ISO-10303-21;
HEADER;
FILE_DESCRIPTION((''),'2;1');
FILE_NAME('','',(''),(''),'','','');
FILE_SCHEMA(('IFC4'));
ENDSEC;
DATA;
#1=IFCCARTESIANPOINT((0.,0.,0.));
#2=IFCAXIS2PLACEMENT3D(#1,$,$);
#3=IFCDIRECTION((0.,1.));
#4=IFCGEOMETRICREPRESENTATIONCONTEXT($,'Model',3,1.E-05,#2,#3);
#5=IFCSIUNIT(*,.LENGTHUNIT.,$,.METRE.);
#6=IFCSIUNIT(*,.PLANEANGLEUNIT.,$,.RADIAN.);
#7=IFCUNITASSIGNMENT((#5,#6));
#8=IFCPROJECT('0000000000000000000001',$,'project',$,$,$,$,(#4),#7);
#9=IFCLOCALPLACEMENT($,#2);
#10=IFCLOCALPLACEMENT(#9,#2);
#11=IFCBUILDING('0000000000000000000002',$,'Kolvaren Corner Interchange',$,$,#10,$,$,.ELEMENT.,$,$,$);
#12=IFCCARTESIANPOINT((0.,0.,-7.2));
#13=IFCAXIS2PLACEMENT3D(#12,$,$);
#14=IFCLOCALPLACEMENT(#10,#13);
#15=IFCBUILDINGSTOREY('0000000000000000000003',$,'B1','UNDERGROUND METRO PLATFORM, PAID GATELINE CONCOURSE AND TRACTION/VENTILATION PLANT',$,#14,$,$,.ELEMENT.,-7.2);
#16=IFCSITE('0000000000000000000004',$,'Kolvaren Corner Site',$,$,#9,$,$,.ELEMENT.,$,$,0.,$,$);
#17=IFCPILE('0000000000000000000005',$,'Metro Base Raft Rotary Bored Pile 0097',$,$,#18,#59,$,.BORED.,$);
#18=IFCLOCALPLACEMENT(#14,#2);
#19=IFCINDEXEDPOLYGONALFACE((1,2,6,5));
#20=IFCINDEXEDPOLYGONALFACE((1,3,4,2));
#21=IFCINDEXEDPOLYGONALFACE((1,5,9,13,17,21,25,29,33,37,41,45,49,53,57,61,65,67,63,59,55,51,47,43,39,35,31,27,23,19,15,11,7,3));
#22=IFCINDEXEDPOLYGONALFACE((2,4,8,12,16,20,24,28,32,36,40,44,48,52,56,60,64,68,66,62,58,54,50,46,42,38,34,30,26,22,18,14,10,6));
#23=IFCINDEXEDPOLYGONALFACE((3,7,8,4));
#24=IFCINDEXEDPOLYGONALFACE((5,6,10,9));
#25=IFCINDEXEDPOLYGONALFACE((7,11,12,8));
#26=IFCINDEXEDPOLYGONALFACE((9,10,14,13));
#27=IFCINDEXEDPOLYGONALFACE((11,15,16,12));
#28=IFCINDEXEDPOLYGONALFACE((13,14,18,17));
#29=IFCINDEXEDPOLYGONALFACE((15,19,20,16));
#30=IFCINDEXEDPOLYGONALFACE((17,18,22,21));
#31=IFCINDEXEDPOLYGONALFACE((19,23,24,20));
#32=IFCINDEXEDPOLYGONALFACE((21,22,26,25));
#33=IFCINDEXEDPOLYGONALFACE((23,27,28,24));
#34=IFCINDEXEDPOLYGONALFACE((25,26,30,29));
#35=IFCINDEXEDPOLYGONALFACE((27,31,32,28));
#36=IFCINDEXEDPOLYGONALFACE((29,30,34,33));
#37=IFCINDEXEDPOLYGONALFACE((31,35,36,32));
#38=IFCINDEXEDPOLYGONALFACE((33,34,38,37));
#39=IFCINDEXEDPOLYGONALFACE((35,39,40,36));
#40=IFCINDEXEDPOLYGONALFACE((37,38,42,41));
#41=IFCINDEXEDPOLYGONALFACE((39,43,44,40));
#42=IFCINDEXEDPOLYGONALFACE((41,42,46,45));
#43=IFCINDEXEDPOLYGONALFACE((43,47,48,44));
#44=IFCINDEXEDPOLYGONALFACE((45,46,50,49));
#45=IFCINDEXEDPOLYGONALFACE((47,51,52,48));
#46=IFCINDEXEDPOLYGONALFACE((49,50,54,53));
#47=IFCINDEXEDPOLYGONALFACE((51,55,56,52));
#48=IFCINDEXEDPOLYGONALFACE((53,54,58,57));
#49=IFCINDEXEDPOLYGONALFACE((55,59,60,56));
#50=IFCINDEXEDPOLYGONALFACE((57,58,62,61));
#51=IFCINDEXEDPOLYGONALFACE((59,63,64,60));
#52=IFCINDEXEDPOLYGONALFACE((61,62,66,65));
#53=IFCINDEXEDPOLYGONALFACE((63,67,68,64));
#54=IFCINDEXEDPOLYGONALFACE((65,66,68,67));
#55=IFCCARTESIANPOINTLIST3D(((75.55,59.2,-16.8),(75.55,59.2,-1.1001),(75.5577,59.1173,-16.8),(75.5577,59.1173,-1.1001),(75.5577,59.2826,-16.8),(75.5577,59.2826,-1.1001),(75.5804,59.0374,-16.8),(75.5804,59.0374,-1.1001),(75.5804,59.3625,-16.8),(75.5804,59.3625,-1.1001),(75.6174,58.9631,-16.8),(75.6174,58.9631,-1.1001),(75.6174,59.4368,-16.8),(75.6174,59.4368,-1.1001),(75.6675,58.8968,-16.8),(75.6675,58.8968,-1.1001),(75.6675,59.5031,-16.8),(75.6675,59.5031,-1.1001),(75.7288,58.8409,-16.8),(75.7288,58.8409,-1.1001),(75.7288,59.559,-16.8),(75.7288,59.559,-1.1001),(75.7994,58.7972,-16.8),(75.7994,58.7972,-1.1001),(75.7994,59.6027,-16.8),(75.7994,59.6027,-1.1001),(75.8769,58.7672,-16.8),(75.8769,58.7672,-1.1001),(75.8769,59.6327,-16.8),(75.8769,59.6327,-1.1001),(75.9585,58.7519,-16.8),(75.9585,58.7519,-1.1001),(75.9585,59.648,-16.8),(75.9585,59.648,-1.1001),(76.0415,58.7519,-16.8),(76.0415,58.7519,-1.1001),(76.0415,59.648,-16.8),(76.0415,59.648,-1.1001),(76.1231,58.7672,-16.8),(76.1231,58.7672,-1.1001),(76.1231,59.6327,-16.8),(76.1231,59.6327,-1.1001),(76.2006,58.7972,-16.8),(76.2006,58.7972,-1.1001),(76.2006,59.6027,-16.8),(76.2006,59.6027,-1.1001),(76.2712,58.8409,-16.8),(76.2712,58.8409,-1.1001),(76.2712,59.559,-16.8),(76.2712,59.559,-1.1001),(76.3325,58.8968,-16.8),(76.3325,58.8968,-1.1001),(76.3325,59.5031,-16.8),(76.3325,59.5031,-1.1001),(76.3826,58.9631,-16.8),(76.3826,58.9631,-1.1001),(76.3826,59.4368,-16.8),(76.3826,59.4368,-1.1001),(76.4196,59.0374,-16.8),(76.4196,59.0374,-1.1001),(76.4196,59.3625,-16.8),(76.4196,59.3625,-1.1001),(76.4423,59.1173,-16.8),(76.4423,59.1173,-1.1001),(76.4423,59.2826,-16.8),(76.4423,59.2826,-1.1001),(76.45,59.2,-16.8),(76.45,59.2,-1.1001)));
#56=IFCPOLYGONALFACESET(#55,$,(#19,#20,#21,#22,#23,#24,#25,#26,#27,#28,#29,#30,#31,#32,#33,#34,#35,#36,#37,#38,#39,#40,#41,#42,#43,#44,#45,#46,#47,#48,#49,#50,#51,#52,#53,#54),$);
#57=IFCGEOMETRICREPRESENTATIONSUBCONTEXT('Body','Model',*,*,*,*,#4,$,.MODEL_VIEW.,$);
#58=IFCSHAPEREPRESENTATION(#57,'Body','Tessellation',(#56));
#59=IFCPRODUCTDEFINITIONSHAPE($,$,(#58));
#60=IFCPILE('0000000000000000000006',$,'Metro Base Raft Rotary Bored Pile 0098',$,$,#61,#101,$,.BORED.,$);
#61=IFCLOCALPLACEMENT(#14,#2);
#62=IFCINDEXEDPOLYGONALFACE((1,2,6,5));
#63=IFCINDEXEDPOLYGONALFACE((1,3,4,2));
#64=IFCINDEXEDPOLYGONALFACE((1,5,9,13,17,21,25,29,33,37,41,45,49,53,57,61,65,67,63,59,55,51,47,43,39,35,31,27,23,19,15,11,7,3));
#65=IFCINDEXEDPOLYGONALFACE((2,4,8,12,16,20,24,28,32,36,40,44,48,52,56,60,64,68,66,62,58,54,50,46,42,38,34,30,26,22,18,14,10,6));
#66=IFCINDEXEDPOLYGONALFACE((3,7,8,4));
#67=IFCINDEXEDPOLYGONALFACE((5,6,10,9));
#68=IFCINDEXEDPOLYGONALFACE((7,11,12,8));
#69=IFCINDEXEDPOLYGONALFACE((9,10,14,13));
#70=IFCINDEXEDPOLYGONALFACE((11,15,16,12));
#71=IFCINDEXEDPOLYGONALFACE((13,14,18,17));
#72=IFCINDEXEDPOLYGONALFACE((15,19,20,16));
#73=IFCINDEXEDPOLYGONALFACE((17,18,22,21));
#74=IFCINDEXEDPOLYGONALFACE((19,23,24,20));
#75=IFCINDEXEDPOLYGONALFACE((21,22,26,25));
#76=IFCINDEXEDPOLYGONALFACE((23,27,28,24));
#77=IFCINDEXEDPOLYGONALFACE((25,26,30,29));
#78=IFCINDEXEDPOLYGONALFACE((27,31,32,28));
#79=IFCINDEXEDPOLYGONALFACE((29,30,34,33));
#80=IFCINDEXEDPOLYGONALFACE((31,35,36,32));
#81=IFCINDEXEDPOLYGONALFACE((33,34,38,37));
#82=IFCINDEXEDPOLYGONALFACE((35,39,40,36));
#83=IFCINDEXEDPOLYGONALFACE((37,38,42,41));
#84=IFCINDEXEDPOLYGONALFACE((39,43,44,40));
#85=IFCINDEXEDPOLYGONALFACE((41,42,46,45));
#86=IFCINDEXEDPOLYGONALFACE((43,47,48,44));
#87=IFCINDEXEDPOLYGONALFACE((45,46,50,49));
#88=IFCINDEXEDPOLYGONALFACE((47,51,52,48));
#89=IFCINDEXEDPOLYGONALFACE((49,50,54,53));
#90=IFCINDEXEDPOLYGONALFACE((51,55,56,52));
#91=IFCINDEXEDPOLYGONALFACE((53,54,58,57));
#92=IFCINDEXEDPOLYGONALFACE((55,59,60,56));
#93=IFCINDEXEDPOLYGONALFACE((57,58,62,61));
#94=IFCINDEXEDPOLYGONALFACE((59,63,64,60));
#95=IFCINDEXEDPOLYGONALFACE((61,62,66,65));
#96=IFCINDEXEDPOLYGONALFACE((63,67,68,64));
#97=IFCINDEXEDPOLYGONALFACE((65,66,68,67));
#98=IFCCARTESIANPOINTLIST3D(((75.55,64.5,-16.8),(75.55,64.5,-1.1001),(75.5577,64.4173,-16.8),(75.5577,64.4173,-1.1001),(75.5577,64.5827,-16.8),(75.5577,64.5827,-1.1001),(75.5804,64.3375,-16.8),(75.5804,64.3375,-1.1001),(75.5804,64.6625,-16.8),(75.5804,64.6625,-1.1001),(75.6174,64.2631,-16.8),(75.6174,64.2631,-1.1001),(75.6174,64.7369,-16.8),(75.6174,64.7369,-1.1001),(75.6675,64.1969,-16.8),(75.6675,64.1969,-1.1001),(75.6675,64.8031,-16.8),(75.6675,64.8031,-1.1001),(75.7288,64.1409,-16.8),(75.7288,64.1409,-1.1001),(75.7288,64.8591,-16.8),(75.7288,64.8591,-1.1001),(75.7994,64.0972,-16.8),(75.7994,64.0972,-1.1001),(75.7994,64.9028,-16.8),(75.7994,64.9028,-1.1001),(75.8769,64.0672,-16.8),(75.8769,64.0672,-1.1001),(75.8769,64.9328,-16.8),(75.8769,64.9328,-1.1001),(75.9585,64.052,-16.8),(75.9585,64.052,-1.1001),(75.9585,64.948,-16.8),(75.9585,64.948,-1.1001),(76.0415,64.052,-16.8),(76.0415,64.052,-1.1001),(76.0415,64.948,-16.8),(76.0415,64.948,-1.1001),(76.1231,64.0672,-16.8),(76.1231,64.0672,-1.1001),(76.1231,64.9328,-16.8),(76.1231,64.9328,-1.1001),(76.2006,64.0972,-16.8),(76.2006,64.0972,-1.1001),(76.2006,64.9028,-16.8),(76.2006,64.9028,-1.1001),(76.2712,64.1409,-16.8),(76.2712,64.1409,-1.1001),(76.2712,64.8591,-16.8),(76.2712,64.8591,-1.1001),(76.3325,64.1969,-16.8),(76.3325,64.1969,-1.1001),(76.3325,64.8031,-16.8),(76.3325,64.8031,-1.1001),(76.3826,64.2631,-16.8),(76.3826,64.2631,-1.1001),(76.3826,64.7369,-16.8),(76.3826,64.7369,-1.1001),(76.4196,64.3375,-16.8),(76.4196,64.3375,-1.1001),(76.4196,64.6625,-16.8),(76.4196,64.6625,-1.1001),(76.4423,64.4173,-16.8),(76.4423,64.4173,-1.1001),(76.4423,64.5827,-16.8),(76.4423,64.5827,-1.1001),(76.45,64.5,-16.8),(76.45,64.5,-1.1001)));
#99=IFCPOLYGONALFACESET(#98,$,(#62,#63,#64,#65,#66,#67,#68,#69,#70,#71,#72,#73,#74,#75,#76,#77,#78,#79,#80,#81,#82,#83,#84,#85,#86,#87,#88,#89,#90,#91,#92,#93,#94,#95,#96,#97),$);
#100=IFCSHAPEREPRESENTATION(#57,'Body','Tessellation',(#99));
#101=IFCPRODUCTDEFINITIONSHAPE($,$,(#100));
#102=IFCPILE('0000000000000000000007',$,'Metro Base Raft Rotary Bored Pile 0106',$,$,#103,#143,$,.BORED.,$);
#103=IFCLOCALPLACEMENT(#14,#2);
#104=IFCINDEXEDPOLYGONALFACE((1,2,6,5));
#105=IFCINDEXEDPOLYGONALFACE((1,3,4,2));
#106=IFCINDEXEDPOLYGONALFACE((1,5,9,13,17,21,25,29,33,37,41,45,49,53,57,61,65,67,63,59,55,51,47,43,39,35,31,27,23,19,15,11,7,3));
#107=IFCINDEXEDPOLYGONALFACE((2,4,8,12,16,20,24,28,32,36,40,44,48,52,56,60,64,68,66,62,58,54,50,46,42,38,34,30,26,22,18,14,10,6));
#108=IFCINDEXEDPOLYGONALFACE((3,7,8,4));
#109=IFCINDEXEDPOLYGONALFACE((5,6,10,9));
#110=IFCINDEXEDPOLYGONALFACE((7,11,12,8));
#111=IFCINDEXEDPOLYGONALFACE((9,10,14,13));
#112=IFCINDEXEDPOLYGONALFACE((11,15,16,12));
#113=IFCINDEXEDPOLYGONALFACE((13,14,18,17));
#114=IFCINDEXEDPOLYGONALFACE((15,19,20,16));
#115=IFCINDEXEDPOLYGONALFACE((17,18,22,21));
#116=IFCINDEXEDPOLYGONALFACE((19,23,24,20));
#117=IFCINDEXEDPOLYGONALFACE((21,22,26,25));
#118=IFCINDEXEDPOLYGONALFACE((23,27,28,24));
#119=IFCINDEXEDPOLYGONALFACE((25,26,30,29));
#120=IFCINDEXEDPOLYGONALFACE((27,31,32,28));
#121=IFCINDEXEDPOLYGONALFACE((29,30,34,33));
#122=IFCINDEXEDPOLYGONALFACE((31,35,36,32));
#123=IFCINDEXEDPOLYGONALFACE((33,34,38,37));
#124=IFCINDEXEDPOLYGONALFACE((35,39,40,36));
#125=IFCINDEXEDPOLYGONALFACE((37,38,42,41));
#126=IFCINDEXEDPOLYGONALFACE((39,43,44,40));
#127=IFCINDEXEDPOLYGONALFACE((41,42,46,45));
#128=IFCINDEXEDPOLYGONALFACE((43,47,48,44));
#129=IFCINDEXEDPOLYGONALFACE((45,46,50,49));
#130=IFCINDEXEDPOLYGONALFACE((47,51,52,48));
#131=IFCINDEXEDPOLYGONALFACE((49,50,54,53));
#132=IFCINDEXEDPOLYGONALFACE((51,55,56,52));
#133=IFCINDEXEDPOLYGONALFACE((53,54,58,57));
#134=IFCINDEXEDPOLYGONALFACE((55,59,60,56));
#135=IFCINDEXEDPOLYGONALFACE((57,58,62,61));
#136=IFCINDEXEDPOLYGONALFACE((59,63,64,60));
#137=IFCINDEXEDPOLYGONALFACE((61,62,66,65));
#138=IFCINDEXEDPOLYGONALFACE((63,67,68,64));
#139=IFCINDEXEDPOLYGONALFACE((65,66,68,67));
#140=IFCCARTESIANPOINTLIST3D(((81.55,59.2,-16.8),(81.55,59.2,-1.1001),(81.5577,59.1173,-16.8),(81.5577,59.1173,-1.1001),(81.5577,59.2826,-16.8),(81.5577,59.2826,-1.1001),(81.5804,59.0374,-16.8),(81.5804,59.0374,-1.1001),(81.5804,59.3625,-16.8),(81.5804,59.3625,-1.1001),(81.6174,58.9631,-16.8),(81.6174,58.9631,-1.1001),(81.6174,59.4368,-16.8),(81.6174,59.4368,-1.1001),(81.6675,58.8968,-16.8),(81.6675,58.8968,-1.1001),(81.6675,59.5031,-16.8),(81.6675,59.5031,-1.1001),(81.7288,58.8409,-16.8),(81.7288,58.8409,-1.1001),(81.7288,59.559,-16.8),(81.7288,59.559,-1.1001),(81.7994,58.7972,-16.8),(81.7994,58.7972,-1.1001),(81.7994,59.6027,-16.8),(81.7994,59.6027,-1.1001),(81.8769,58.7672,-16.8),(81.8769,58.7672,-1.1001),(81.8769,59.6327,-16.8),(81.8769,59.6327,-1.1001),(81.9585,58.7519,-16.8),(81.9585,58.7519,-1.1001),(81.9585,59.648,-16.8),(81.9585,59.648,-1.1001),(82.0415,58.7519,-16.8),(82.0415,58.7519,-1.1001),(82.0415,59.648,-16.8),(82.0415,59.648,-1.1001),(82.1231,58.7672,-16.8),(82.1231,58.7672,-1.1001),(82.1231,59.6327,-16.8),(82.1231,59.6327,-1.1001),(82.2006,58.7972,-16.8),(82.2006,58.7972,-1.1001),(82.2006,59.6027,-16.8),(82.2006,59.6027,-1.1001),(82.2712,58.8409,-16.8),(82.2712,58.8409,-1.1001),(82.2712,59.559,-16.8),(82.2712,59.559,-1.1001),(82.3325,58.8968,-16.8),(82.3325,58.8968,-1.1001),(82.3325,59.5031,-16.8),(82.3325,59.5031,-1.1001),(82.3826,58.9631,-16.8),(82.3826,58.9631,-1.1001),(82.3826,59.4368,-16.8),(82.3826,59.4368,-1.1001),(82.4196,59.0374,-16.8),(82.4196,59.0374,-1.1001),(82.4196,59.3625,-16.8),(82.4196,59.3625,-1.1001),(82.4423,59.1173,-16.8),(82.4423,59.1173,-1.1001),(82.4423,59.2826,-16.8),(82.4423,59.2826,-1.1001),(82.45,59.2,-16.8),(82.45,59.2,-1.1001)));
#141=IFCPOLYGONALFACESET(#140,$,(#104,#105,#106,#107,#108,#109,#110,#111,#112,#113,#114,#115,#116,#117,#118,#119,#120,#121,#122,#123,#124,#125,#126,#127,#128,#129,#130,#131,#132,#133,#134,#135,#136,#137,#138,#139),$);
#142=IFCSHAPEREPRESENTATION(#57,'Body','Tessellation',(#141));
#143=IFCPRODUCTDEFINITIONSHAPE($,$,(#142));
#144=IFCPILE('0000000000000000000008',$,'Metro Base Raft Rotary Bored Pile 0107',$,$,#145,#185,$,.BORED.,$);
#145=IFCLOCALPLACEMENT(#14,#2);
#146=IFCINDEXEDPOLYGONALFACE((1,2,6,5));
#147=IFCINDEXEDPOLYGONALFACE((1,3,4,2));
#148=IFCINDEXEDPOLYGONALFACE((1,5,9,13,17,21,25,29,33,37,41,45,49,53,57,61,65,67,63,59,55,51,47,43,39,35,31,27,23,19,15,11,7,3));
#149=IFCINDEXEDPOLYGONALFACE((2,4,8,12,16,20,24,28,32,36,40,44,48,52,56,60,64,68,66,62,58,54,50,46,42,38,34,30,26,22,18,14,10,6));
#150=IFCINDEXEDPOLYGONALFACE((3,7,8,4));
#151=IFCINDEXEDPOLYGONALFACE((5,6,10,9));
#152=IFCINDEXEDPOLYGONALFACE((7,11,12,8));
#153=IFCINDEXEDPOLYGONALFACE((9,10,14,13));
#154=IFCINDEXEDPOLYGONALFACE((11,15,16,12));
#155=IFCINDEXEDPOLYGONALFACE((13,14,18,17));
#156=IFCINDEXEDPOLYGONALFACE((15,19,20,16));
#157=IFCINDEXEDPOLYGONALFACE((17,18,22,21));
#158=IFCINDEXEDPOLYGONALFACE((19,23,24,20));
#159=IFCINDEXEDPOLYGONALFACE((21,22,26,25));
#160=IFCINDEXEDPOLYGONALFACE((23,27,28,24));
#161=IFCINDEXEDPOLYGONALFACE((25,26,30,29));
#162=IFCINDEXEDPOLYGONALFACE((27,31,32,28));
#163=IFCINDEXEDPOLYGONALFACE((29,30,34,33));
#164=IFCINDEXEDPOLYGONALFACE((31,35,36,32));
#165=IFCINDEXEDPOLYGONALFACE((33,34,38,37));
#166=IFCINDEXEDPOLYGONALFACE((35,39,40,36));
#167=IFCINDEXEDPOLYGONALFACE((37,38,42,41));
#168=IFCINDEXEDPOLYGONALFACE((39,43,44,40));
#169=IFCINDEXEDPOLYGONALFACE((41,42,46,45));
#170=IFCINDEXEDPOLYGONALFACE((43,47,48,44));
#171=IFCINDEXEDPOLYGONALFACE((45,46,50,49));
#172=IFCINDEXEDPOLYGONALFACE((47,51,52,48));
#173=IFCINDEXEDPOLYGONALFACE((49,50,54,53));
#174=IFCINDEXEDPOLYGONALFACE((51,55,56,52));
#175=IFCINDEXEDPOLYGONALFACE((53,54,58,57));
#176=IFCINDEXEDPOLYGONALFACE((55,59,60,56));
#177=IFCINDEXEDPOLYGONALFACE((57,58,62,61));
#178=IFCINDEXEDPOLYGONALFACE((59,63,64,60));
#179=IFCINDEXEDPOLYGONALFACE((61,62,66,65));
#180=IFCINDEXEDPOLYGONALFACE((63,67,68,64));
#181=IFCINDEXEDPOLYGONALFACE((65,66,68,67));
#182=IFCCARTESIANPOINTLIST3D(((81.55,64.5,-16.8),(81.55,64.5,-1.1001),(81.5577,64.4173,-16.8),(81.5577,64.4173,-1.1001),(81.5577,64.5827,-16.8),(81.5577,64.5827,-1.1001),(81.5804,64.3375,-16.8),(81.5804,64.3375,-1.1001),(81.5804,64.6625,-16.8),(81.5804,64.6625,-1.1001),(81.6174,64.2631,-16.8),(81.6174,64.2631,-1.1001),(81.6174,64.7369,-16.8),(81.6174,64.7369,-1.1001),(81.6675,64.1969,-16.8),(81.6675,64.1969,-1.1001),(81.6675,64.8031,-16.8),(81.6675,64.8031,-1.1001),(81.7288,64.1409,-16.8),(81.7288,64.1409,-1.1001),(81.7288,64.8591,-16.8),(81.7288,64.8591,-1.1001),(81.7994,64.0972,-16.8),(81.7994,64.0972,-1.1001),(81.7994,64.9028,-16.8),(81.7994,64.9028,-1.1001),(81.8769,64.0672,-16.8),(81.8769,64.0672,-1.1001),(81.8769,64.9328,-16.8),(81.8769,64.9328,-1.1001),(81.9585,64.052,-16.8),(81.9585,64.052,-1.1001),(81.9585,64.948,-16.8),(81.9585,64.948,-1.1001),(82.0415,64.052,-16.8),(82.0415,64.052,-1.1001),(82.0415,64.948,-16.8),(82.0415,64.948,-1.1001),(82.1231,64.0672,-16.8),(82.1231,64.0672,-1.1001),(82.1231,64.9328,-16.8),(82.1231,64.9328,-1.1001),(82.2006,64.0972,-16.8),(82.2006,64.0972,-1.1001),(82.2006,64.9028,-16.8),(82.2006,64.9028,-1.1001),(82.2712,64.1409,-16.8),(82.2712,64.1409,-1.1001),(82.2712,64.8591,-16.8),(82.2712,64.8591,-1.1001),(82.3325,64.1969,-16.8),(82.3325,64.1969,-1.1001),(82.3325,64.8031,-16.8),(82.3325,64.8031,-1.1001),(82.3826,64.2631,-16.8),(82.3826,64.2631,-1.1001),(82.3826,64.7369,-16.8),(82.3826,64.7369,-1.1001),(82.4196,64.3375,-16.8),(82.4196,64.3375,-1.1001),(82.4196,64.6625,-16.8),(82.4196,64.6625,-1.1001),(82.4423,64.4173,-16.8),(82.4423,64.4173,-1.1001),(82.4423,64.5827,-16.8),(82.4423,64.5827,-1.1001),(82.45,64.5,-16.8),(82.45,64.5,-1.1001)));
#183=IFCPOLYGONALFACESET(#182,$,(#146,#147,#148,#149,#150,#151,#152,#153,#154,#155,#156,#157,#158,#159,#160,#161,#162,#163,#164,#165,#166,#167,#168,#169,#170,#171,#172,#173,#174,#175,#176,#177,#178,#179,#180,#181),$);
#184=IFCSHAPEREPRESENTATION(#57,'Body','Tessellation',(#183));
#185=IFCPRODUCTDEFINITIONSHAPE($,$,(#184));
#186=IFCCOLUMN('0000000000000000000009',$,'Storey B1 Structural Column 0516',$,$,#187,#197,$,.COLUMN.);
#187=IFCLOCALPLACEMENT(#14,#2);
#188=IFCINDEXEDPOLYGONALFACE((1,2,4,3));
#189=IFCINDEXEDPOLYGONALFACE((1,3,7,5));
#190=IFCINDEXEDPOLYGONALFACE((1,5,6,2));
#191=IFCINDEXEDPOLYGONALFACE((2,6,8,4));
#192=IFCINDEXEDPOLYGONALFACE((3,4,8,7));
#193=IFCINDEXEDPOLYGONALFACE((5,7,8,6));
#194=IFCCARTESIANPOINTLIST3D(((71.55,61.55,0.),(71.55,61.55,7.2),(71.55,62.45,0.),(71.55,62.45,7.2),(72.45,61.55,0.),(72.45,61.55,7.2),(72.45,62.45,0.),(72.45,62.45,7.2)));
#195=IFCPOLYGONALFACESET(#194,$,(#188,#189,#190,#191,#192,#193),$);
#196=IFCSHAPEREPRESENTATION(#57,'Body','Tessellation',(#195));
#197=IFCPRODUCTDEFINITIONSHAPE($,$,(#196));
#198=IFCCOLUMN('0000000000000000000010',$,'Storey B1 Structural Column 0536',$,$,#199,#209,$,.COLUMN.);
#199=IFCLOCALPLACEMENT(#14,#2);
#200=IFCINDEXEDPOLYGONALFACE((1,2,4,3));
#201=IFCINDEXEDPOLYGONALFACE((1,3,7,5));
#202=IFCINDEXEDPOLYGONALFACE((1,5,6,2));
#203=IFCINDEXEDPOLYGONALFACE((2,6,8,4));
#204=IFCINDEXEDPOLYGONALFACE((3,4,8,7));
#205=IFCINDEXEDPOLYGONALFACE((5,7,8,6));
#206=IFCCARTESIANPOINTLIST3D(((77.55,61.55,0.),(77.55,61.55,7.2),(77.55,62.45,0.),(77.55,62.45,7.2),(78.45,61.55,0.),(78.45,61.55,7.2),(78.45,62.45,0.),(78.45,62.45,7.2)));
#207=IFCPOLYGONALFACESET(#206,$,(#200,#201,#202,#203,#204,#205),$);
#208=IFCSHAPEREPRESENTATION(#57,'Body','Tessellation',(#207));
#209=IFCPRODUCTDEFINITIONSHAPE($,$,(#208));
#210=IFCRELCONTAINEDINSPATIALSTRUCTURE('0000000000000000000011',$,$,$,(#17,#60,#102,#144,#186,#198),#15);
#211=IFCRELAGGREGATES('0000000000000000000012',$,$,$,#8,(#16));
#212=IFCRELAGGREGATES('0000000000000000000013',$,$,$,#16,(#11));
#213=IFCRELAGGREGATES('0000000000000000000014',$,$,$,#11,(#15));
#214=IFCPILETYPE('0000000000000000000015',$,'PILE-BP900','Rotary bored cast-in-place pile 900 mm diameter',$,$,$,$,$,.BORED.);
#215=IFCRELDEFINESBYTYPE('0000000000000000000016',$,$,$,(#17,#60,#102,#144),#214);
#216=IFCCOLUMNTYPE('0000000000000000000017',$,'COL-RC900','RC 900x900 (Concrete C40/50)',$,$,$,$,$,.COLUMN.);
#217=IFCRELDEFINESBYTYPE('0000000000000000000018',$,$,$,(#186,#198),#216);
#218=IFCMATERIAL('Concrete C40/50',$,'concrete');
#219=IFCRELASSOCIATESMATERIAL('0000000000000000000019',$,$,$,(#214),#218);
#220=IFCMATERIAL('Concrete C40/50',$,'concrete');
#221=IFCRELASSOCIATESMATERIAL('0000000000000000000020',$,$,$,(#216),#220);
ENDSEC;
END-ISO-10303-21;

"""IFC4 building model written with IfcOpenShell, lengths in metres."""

from ifc_helpers import new_model, si_unit, direction, frame, origin, origin_2d, place, context, subcontext, project, spatial, rectangle, circle, extrude, material, material_profile, profile_set, type_object, element, save


model = new_model("IFC4")

# Units and contexts
model_context = context("Model", 3, precision=1e-05, world=origin(), true_north=direction((0.0, 1.0)))
body_context = subcontext(model_context, "Body", "Model", "MODEL_VIEW")
ifc_project = project(units=[si_unit("LENGTHUNIT", "METRE"), si_unit("PLANEANGLEUNIT", "RADIAN")], contexts=[model_context])

# Site, building, storey
site_placement = place(None, origin())
site = spatial("IfcSite", under=ifc_project, at=site_placement, Name="Kolvaren Corner Site", CompositionType="ELEMENT", RefElevation=0.0)
building_placement = place(site_placement, origin())
building = spatial("IfcBuilding", under=site, at=building_placement, Name="Kolvaren Corner Interchange", CompositionType="ELEMENT")
storey_placement = place(building_placement, frame((0.0, 0.0, -7.2)))
storey = spatial("IfcBuildingStorey", under=building, at=storey_placement, Name="B1", Description="UNDERGROUND METRO PLATFORM, PAID GATELINE CONCOURSE AND TRACTION/VENTILATION PLANT", CompositionType="ELEMENT", Elevation=-7.2)

# Piles
ifc_material_1 = material(Name="Concrete C40/50", Category="concrete")
ifc_material_profile_1 = material_profile(ifc_material_1, circle(Radius=0.45, at=origin_2d()), Name="BORED PILE 900")
ifc_profile_set_1 = profile_set([ifc_material_profile_1], Name="Concrete C40/50")
pile_type = type_object("IfcPileType", Name="PILE-BP900", Description="Rotary bored cast-in-place pile 900 mm diameter", PredefinedType="BORED", material=ifc_profile_set_1)
for number, where, z_axis, x_axis, name in (
    (1, (76.0, 59.2, -1.1001), (0.0, 0.0, -1.0), (1.0, 0.0, 0.0), "Metro Base Raft Rotary Bored Pile 0097"),
    (2, (76.0, 64.5, -1.1001), (0.0, 0.0, -1.0), (1.0, 0.0, 0.0), "Metro Base Raft Rotary Bored Pile 0098"),
    (3, (82.0, 59.2, -1.1001), (0.0, 0.0, -1.0), (1.0, 0.0, 0.0), "Metro Base Raft Rotary Bored Pile 0106"),
    (4, (82.0, 64.5, -1.1001), (0.0, 0.0, -1.0), (1.0, 0.0, 0.0), "Metro Base Raft Rotary Bored Pile 0107"),
):
    element("IfcPile", number, at=place(storey_placement, frame(where, z_axis=z_axis, x_axis=x_axis)), inside=storey, type_object=pile_type, Name=name, PredefinedType="BORED", context=body_context, shape_type="SweptSolid", body=[
        extrude(circle(Radius=0.45, at=origin_2d()), origin(), (0.0, 0.0, 1.0), 15.7),
    ])

# Columns
ifc_material_2 = material(Name="Concrete C40/50", Category="concrete")
ifc_material_profile_2 = material_profile(ifc_material_2, rectangle(XDim=0.8999, YDim=0.8999, at=origin_2d()), Name="RC 900x900")
ifc_profile_set_2 = profile_set([ifc_material_profile_2], Name="Concrete C40/50")
column_type = type_object("IfcColumnType", Name="COL-RC900", Description="RC 900x900 (Concrete C40/50)", PredefinedType="COLUMN", material=ifc_profile_set_2)
for number, where, z_axis, x_axis, name in (
    (5, (72.0, 62.0, 0.0), (0.0, 0.0, 1.0), (1.0, 0.0, 0.0), "Storey B1 Structural Column 0516"),
    (6, (78.0, 62.0, 0.0), (0.0, 0.0, 1.0), (1.0, 0.0, 0.0), "Storey B1 Structural Column 0536"),
):
    element("IfcColumn", number, at=place(storey_placement, frame(where, z_axis=z_axis, x_axis=x_axis)), inside=storey, type_object=column_type, Name=name, PredefinedType="COLUMN", context=body_context, shape_type="SweptSolid", body=[
        extrude(rectangle(XDim=0.8999, YDim=0.8999, at=origin_2d()), origin(), (0.0, 0.0, 1.0), 7.2),
    ])

save(model, "model.ifc")
